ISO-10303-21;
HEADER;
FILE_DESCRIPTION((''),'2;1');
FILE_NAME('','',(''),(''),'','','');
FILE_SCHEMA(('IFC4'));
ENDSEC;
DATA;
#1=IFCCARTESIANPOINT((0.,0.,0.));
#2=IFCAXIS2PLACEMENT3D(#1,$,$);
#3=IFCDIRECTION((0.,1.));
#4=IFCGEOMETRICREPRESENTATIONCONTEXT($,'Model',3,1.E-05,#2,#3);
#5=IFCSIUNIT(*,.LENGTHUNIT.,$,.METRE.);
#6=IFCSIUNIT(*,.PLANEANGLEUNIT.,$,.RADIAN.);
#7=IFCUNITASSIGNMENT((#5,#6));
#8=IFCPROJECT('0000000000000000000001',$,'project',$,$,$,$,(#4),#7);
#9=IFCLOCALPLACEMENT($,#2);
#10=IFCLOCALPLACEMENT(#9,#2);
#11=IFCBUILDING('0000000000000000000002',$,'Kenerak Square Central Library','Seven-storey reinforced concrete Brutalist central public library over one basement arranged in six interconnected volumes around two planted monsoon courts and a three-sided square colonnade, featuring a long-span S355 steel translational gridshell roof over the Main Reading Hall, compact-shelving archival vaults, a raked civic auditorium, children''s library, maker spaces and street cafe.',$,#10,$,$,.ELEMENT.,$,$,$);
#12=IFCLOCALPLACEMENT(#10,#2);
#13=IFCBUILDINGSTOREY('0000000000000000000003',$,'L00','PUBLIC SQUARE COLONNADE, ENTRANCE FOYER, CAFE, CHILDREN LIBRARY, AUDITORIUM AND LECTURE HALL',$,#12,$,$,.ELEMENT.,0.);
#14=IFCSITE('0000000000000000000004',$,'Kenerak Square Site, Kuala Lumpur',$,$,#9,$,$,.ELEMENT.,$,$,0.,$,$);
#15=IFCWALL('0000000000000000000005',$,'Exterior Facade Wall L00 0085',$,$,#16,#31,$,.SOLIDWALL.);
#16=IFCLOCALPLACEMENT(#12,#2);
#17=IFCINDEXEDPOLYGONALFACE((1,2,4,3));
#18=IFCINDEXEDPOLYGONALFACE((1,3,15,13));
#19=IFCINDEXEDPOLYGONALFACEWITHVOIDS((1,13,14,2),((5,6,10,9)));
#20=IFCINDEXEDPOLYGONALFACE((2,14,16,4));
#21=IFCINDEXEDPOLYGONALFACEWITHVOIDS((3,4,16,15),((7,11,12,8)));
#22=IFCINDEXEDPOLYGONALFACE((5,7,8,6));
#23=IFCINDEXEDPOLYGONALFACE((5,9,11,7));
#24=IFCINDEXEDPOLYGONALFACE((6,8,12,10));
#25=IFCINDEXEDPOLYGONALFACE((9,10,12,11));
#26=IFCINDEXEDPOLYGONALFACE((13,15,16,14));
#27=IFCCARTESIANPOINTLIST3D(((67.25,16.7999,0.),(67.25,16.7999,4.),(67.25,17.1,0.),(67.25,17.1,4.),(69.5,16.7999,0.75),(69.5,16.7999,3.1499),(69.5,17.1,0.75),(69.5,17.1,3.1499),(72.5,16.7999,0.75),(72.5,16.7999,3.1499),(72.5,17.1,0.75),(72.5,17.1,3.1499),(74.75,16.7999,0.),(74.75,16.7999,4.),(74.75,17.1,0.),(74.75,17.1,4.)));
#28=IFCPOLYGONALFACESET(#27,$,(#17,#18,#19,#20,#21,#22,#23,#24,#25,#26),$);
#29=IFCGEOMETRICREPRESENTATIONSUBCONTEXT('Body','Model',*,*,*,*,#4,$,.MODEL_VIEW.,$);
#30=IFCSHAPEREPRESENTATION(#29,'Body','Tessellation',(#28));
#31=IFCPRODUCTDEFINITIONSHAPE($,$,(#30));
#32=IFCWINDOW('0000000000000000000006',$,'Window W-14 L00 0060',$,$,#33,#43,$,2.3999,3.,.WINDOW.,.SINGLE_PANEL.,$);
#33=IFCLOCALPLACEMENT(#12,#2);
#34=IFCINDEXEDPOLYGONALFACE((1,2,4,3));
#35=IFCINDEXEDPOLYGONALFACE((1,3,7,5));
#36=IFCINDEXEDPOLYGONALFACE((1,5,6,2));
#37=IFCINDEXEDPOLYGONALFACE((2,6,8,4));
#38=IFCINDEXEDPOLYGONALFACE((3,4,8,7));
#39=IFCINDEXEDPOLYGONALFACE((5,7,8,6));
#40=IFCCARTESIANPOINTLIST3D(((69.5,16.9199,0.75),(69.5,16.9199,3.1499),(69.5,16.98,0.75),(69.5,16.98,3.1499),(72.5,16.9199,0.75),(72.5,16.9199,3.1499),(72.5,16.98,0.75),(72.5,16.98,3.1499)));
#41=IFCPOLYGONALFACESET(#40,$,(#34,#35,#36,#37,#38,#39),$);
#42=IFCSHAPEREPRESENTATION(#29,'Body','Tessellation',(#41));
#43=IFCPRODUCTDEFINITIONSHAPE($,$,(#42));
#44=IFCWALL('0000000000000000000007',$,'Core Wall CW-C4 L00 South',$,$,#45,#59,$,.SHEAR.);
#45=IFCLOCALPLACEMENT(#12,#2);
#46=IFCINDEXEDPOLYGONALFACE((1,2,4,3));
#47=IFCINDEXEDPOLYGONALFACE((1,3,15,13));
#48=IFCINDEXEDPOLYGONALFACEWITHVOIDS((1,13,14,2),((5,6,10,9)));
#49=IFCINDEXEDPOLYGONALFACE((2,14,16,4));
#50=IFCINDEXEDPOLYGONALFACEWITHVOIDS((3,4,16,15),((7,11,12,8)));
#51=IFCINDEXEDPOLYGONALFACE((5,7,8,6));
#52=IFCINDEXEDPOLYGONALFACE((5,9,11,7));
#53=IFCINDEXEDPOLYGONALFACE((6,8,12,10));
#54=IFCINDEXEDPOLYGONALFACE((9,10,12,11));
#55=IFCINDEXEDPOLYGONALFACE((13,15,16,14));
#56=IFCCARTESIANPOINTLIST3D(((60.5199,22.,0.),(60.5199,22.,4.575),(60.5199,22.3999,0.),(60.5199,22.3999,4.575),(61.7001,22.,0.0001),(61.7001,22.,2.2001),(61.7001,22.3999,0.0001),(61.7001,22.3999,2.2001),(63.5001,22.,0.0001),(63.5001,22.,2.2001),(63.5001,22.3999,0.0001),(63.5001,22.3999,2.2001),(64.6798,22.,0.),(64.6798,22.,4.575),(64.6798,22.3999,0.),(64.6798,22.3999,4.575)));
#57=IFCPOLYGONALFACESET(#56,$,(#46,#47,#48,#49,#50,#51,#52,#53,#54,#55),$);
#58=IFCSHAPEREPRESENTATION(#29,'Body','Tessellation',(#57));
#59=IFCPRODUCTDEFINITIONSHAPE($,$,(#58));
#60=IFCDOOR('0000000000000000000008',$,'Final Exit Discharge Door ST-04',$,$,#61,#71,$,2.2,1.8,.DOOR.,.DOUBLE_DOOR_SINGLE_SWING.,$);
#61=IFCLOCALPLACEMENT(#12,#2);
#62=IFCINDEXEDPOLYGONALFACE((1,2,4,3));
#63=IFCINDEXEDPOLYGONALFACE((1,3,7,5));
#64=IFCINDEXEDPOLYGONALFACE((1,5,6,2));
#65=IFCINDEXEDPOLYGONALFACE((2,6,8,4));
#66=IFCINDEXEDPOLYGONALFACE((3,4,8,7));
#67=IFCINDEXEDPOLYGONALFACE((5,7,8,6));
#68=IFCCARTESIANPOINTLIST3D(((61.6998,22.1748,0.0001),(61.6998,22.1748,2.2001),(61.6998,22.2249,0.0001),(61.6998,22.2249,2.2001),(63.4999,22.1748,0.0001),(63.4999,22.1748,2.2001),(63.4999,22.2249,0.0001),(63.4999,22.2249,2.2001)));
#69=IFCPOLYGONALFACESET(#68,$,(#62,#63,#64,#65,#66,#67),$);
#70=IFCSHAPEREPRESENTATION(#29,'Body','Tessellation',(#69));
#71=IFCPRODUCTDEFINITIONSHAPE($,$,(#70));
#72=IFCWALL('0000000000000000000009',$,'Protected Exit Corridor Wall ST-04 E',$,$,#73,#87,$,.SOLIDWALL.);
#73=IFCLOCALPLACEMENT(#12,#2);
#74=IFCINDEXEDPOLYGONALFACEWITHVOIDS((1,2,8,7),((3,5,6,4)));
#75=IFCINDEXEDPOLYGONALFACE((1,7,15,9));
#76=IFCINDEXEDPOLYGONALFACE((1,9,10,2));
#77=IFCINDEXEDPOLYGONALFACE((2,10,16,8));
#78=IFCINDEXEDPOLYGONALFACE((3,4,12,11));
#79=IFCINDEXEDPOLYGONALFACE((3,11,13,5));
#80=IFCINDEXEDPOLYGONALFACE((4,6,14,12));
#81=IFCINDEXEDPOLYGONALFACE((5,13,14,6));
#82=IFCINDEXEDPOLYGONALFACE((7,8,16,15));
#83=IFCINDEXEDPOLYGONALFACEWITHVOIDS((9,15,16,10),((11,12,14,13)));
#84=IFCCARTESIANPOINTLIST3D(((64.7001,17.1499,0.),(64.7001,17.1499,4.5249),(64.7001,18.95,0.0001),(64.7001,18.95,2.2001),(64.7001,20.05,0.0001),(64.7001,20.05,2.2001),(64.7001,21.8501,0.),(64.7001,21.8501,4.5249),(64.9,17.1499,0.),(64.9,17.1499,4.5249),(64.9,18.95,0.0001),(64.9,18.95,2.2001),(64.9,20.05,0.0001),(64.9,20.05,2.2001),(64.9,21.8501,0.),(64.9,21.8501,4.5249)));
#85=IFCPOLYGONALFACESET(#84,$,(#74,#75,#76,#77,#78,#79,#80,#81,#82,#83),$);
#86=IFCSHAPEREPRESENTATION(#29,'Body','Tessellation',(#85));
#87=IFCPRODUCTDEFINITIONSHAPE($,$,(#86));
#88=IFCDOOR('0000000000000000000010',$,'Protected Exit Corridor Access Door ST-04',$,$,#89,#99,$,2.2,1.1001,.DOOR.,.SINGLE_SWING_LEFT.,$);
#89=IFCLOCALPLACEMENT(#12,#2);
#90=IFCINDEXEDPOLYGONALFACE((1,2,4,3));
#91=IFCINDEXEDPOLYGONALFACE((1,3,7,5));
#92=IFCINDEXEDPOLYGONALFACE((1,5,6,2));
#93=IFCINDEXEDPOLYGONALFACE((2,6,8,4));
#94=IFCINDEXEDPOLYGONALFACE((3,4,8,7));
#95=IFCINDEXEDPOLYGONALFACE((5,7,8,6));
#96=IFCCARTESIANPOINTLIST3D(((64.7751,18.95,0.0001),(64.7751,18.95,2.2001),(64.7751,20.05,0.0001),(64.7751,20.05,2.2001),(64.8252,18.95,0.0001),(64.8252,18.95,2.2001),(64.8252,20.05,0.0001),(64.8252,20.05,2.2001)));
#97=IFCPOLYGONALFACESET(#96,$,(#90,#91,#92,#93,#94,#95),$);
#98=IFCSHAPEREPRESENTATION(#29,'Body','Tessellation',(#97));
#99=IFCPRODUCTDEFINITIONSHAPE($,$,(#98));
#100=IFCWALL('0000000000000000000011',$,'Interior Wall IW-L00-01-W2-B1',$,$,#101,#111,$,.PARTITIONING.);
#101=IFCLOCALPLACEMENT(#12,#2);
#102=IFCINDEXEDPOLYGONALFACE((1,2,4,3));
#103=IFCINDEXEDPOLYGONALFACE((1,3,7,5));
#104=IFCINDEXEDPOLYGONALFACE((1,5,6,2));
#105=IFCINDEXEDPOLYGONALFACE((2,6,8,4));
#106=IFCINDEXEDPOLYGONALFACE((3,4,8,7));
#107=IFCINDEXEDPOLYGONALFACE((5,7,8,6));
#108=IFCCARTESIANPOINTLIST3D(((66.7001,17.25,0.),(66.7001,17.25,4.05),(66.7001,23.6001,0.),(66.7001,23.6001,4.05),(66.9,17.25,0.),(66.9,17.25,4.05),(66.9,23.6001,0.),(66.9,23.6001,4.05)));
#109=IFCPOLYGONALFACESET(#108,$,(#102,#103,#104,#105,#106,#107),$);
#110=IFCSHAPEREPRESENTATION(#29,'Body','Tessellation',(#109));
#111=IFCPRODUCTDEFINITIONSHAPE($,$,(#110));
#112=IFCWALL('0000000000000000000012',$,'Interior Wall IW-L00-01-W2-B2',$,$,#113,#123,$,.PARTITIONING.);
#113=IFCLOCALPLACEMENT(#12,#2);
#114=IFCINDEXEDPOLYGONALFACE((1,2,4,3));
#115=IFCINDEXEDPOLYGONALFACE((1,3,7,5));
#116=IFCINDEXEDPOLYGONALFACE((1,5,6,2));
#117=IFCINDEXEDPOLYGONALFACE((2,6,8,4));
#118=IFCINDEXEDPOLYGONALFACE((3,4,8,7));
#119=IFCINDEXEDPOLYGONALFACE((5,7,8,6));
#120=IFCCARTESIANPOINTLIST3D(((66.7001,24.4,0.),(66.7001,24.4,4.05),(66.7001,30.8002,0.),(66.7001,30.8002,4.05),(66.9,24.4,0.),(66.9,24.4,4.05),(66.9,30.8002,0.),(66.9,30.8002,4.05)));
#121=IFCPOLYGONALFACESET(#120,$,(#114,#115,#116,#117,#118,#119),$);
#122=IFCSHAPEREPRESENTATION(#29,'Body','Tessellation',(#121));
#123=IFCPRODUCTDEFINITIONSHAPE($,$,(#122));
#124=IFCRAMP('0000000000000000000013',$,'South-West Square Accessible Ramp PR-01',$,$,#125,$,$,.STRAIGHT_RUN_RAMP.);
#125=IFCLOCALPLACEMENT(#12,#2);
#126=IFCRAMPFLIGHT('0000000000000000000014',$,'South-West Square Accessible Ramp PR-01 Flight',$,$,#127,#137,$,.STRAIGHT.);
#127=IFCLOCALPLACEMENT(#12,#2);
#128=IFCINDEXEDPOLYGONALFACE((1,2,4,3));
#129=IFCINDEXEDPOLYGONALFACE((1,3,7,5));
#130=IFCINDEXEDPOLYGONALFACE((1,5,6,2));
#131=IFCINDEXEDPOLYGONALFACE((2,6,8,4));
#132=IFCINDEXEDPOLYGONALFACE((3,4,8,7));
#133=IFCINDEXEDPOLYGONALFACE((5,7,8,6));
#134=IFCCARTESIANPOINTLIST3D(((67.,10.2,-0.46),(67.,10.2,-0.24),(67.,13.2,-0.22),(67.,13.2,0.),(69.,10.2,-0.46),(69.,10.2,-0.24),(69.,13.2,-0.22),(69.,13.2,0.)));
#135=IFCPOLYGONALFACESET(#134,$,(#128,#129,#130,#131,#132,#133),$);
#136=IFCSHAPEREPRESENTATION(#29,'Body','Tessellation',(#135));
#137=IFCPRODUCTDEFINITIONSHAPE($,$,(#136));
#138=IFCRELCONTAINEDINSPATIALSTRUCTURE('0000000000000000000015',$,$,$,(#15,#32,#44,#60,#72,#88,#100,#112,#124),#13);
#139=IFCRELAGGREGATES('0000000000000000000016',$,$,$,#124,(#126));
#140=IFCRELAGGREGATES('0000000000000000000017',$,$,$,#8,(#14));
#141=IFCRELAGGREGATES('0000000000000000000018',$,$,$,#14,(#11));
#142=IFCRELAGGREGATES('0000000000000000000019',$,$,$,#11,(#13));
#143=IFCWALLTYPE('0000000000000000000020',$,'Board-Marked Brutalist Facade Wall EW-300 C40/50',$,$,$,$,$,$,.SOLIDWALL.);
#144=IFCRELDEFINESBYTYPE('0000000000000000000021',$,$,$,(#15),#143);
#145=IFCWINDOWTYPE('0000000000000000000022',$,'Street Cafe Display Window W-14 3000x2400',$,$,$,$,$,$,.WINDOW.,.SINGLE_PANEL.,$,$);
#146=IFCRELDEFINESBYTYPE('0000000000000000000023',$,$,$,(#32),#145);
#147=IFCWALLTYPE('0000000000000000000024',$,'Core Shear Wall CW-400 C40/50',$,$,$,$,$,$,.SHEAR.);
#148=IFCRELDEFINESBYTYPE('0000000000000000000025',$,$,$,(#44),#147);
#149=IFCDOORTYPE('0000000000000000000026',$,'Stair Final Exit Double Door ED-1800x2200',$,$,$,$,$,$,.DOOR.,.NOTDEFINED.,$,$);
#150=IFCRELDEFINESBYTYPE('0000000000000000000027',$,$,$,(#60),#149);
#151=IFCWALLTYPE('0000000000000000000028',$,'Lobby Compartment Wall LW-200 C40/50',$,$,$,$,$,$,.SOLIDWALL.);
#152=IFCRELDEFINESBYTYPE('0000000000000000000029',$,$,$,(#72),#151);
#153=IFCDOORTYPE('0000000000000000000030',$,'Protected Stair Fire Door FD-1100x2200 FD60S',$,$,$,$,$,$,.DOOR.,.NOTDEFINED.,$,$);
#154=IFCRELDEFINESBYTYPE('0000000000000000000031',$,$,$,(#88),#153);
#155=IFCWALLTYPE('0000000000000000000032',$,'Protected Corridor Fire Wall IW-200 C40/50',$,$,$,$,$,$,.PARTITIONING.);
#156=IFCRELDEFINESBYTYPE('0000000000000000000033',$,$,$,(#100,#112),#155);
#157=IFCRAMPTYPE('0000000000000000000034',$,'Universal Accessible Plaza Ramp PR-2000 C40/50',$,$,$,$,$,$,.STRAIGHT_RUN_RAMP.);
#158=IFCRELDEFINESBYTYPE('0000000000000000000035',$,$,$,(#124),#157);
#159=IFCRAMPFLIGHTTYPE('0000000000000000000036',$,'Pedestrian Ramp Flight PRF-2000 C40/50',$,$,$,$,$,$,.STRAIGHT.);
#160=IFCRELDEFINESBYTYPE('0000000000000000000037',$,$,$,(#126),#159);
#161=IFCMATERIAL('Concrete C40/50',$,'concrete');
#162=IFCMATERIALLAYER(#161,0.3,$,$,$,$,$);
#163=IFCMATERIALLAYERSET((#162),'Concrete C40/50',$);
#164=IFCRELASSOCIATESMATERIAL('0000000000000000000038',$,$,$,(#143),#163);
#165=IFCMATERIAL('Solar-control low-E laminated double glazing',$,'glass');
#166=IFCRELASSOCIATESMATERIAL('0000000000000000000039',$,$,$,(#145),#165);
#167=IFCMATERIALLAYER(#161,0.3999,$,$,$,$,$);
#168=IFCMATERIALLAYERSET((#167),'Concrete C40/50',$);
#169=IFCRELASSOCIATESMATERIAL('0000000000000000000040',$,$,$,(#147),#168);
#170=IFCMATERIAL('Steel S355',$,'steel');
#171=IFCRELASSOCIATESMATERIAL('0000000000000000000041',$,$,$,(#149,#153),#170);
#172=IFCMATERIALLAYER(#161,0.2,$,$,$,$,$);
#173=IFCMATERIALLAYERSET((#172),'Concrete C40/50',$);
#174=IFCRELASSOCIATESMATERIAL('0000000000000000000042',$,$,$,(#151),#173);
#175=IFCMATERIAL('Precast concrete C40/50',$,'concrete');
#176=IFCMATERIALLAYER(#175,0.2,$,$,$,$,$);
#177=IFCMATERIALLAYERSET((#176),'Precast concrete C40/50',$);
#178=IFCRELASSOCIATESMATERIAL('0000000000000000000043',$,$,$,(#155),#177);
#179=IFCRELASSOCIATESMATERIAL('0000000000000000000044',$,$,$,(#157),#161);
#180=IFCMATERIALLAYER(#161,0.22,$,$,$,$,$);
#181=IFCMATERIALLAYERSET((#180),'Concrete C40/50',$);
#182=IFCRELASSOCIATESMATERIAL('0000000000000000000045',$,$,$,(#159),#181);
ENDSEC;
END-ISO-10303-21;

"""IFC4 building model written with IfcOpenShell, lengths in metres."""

from ifc_helpers import new_model, si_unit, direction, frame, frame_2d, origin, place, context, subcontext, project, spatial, polyline, rectangle, outline, extrude, material, layer, layer_set, type_object, element, fill, aggregate, save


model = new_model("IFC4")

# Units and contexts
model_context = context("Model", 3, precision=1e-05, world=origin(), true_north=direction((0.0, 1.0)))
body_context = subcontext(model_context, "Body", "Model", "MODEL_VIEW")
ifc_project = project(units=[si_unit("LENGTHUNIT", "METRE"), si_unit("PLANEANGLEUNIT", "RADIAN")], contexts=[model_context])

# Site, building, storey
site_placement = place(None, origin())
site = spatial("IfcSite", under=ifc_project, at=site_placement, Name="Kenerak Square Site, Kuala Lumpur", CompositionType="ELEMENT", RefElevation=0.0)
building_placement = place(site_placement, origin())
building = spatial("IfcBuilding", under=site, at=building_placement, Name="Kenerak Square Central Library", Description="Seven-storey reinforced concrete Brutalist central public library over one basement arranged in six interconnected volumes around two planted monsoon courts and a three-sided square colonnade, featuring a long-span S355 steel translational gridshell roof over the Main Reading Hall, compact-shelving archival vaults, a raked civic auditorium, children's library, maker spaces and street cafe.", CompositionType="ELEMENT")
storey_placement = place(building_placement, origin())
storey = spatial("IfcBuildingStorey", under=building, at=storey_placement, Name="L00", Description="PUBLIC SQUARE COLONNADE, ENTRANCE FOYER, CAFE, CHILDREN LIBRARY, AUDITORIUM AND LECTURE HALL", CompositionType="ELEMENT", Elevation=0.0)

# Shared definitions
ifc_material_1 = material(Name="Concrete C40/50", Category="concrete")

# Shared definitions
ifc_material_2 = material(Name="Steel S355", Category="steel")

# Wall, opening, window
ifc_layer_1 = layer(ifc_material_1, 0.3)
ifc_layer_set_1 = layer_set([ifc_layer_1], Name="Concrete C40/50")
wall_type_1 = type_object("IfcWallType", Name="Board-Marked Brutalist Facade Wall EW-300 C40/50", PredefinedType="SOLIDWALL", material=ifc_layer_set_1)
wall_1_placement = place(storey_placement, frame((74.75, 16.95, 0.0), z_axis=(0.0, 0.0, 1.0), x_axis=(-1.0, 0.0, 0.0)))
wall_1 = element("IfcWall", 1, at=wall_1_placement, inside=storey, type_object=wall_type_1, Name="Exterior Facade Wall L00 0085", PredefinedType="SOLIDWALL", context=body_context, shape_type="SweptSolid", body=[
    extrude(rectangle(XDim=7.5, YDim=0.3, at=frame_2d((3.75, 0.0))), origin(), (0.0, 0.0, 1.0), 4.0),
])
opening_1_placement = place(wall_1_placement, frame((2.25, 0.0, 0.75)))
opening_1 = element("IfcOpeningElement", 2, at=opening_1_placement, cuts=wall_1, PredefinedType="OPENING", context=body_context, shape_type="SweptSolid", body=[
    extrude(rectangle(XDim=3.0, YDim=2.3999, at=frame_2d((1.5, 1.2))), frame((0.0, 0.1599, 0.0), z_axis=(0.0, -1.0, 0.0), x_axis=(1.0, 0.0, 0.0)), (0.0, 0.0, 1.0), 0.3201),
])
ifc_material_3 = material(Name="Solar-control low-E laminated double glazing", Category="glass")
window_type = type_object("IfcWindowType", Name="Street Cafe Display Window W-14 3000x2400", PartitioningType="SINGLE_PANEL", PredefinedType="WINDOW", material=ifc_material_3)
window_placement = place(opening_1_placement, origin())
window = element("IfcWindow", 3, at=window_placement, inside=storey, type_object=window_type, Name="Window W-14 L00 0060", OverallHeight=2.3999, OverallWidth=3.0, PartitioningType="SINGLE_PANEL", PredefinedType="WINDOW", context=body_context, shape_type="SweptSolid", body=[
    extrude(rectangle(XDim=3.0, YDim=2.3999, at=frame_2d((1.5, 1.2))), frame((0.0, 0.03, 0.0), z_axis=(0.0, -1.0, 0.0), x_axis=(1.0, 0.0, 0.0)), (0.0, 0.0, 1.0), 0.0601),
])
fill(opening_1, window)

# Walls, openings, doors
ifc_layer_2 = layer(ifc_material_1, 0.3999)
ifc_layer_set_2 = layer_set([ifc_layer_2], Name="Concrete C40/50")
wall_type_2 = type_object("IfcWallType", Name="Core Shear Wall CW-400 C40/50", PredefinedType="SHEAR", material=ifc_layer_set_2)
wall_2_placement = place(storey_placement, frame((64.6799, 22.2, 0.0), z_axis=(0.0, 0.0, 1.0), x_axis=(-1.0, 0.0, 0.0)))
wall_2 = element("IfcWall", 4, at=wall_2_placement, inside=storey, type_object=wall_type_2, Name="Core Wall CW-C4 L00 South", PredefinedType="SHEAR", context=body_context, shape_type="SweptSolid", body=[
    extrude(rectangle(XDim=4.1599, YDim=0.3999, at=frame_2d((2.0801, 0.0))), origin(), (0.0, 0.0, 1.0), 4.575),
])
opening_2_placement = place(wall_2_placement, frame((1.1799, 0.0, 0.0)))
opening_2 = element("IfcOpeningElement", 5, at=opening_2_placement, cuts=wall_2, PredefinedType="OPENING", context=body_context, shape_type="SweptSolid", body=[
    extrude(rectangle(XDim=1.8, YDim=2.2, at=frame_2d((0.8999, 1.1001))), frame((0.0, 0.21, 0.0), z_axis=(0.0, -1.0, 0.0), x_axis=(1.0, 0.0, 0.0)), (0.0, 0.0, 1.0), 0.4199),
])
door_type_1 = type_object("IfcDoorType", Name="Stair Final Exit Double Door ED-1800x2200", OperationType="NOTDEFINED", PredefinedType="DOOR", material=ifc_material_2)
door_1_placement = place(opening_2_placement, frame((1.8, 0.0, 0.0), z_axis=(0.0, 0.0, 1.0), x_axis=(-1.0, 0.0, 0.0)))
door_1 = element("IfcDoor", 6, at=door_1_placement, inside=storey, type_object=door_type_1, Name="Final Exit Discharge Door ST-04", OperationType="DOUBLE_DOOR_SINGLE_SWING", OverallHeight=2.2, OverallWidth=1.8, PredefinedType="DOOR", context=body_context, shape_type="SweptSolid", body=[
    extrude(rectangle(XDim=1.8, YDim=2.2, at=frame_2d((0.8999, 1.1001))), frame((0.0, 0.0249, 0.0), z_axis=(0.0, -1.0, 0.0), x_axis=(1.0, 0.0, 0.0)), (0.0, 0.0, 1.0), 0.05),
])
fill(opening_2, door_1)
ifc_layer_3 = layer(ifc_material_1, 0.2)
ifc_layer_set_3 = layer_set([ifc_layer_3], Name="Concrete C40/50")
wall_type_3 = type_object("IfcWallType", Name="Lobby Compartment Wall LW-200 C40/50", PredefinedType="SOLIDWALL", material=ifc_layer_set_3)
wall_3_placement = place(storey_placement, frame((64.8, 17.1499, 0.0), z_axis=(0.0, 0.0, 1.0), x_axis=(0.0, 1.0, 0.0)))
wall_3 = element("IfcWall", 7, at=wall_3_placement, inside=storey, type_object=wall_type_3, Name="Protected Exit Corridor Wall ST-04 E", PredefinedType="SOLIDWALL", context=body_context, shape_type="SweptSolid", body=[
    extrude(rectangle(XDim=4.7002, YDim=0.2, at=frame_2d((2.3501, 0.0))), origin(), (0.0, 0.0, 1.0), 4.5249),
])
opening_3_placement = place(wall_3_placement, frame((1.8, 0.0, 0.0)))
opening_3 = element("IfcOpeningElement", 8, at=opening_3_placement, cuts=wall_3, PredefinedType="OPENING", context=body_context, shape_type="SweptSolid", body=[
    extrude(rectangle(XDim=1.1001, YDim=2.2, at=frame_2d((0.55, 1.1001))), frame((0.0, 0.1099, 0.0), z_axis=(0.0, -1.0, 0.0), x_axis=(1.0, 0.0, 0.0)), (0.0, 0.0, 1.0), 0.22),
])
door_type_2 = type_object("IfcDoorType", Name="Protected Stair Fire Door FD-1100x2200 FD60S", OperationType="NOTDEFINED", PredefinedType="DOOR", material=ifc_material_2)
door_2_placement = place(opening_3_placement, origin())
door_2 = element("IfcDoor", 9, at=door_2_placement, inside=storey, type_object=door_type_2, Name="Protected Exit Corridor Access Door ST-04", OperationType="SINGLE_SWING_LEFT", OverallHeight=2.2, OverallWidth=1.1001, PredefinedType="DOOR", context=body_context, shape_type="SweptSolid", body=[
    extrude(rectangle(XDim=1.1001, YDim=2.2, at=frame_2d((0.55, 1.1001))), frame((0.0, 0.0249, 0.0), z_axis=(0.0, -1.0, 0.0), x_axis=(1.0, 0.0, 0.0)), (0.0, 0.0, 1.0), 0.05),
])
fill(opening_3, door_2)

# Walls
ifc_material_4 = material(Name="Precast concrete C40/50", Category="concrete")
ifc_layer_4 = layer(ifc_material_4, 0.2)
ifc_layer_set_4 = layer_set([ifc_layer_4], Name="Precast concrete C40/50")
wall_type_4 = type_object("IfcWallType", Name="Protected Corridor Fire Wall IW-200 C40/50", PredefinedType="PARTITIONING", material=ifc_layer_set_4)
wall_4_placement = place(storey_placement, frame((66.8, 17.25, 0.0), z_axis=(0.0, 0.0, 1.0), x_axis=(0.0, 1.0, 0.0)))
element("IfcWall", 10, at=wall_4_placement, inside=storey, type_object=wall_type_4, Name="Interior Wall IW-L00-01-W2-B1", PredefinedType="PARTITIONING", context=body_context, shape_type="SweptSolid", body=[
    extrude(rectangle(XDim=6.3501, YDim=0.2, at=frame_2d((3.175, 0.0))), origin(), (0.0, 0.0, 1.0), 4.05),
])
wall_5_placement = place(storey_placement, frame((66.8, 24.3999, 0.0), z_axis=(0.0, 0.0, 1.0), x_axis=(0.0, 1.0, 0.0)))
element("IfcWall", 11, at=wall_5_placement, inside=storey, type_object=wall_type_4, Name="Interior Wall IW-L00-01-W2-B2", PredefinedType="PARTITIONING", context=body_context, shape_type="SweptSolid", body=[
    extrude(rectangle(XDim=6.4001, YDim=0.2, at=frame_2d((3.2002, 0.0))), origin(), (0.0, 0.0, 1.0), 4.05),
])

# Ramp, ramp flight
ramp_type = type_object("IfcRampType", Name="Universal Accessible Plaza Ramp PR-2000 C40/50", PredefinedType="STRAIGHT_RUN_RAMP", material=ifc_material_1)
ramp_placement = place(storey_placement, origin())
ramp = element("IfcRamp", 12, at=ramp_placement, inside=storey, type_object=ramp_type, Name="South-West Square Accessible Ramp PR-01", PredefinedType="STRAIGHT_RUN_RAMP")
ifc_layer_5 = layer(ifc_material_1, 0.22)
ifc_layer_set_5 = layer_set([ifc_layer_5], Name="Concrete C40/50")
ramp_flight_type = type_object("IfcRampFlightType", Name="Pedestrian Ramp Flight PRF-2000 C40/50", PredefinedType="STRAIGHT", material=ifc_layer_set_5)
ramp_flight_placement = place(storey_placement, frame((68.0, 10.2, -0.24), z_axis=(0.0, 0.0, 1.0), x_axis=(0.0, 1.0, 0.0)))
ramp_flight = element("IfcRampFlight", 13, at=ramp_flight_placement, type_object=ramp_flight_type, Name="South-West Square Accessible Ramp PR-01 Flight", PredefinedType="STRAIGHT", context=body_context, shape_type="SweptSolid", body=[
    extrude(outline(polyline([(0.0, 0.0), (3.0, 0.24), (3.0, 0.02), (0.0, -0.22), (0.0, 0.0)])), frame((0.0, 1.0, 0.0), z_axis=(0.0, -1.0, 0.0), x_axis=(1.0, 0.0, 0.0)), (0.0, 0.0, 1.0), 2.0),
])
aggregate(ramp, [ramp_flight])

save(model, "model.ifc")
